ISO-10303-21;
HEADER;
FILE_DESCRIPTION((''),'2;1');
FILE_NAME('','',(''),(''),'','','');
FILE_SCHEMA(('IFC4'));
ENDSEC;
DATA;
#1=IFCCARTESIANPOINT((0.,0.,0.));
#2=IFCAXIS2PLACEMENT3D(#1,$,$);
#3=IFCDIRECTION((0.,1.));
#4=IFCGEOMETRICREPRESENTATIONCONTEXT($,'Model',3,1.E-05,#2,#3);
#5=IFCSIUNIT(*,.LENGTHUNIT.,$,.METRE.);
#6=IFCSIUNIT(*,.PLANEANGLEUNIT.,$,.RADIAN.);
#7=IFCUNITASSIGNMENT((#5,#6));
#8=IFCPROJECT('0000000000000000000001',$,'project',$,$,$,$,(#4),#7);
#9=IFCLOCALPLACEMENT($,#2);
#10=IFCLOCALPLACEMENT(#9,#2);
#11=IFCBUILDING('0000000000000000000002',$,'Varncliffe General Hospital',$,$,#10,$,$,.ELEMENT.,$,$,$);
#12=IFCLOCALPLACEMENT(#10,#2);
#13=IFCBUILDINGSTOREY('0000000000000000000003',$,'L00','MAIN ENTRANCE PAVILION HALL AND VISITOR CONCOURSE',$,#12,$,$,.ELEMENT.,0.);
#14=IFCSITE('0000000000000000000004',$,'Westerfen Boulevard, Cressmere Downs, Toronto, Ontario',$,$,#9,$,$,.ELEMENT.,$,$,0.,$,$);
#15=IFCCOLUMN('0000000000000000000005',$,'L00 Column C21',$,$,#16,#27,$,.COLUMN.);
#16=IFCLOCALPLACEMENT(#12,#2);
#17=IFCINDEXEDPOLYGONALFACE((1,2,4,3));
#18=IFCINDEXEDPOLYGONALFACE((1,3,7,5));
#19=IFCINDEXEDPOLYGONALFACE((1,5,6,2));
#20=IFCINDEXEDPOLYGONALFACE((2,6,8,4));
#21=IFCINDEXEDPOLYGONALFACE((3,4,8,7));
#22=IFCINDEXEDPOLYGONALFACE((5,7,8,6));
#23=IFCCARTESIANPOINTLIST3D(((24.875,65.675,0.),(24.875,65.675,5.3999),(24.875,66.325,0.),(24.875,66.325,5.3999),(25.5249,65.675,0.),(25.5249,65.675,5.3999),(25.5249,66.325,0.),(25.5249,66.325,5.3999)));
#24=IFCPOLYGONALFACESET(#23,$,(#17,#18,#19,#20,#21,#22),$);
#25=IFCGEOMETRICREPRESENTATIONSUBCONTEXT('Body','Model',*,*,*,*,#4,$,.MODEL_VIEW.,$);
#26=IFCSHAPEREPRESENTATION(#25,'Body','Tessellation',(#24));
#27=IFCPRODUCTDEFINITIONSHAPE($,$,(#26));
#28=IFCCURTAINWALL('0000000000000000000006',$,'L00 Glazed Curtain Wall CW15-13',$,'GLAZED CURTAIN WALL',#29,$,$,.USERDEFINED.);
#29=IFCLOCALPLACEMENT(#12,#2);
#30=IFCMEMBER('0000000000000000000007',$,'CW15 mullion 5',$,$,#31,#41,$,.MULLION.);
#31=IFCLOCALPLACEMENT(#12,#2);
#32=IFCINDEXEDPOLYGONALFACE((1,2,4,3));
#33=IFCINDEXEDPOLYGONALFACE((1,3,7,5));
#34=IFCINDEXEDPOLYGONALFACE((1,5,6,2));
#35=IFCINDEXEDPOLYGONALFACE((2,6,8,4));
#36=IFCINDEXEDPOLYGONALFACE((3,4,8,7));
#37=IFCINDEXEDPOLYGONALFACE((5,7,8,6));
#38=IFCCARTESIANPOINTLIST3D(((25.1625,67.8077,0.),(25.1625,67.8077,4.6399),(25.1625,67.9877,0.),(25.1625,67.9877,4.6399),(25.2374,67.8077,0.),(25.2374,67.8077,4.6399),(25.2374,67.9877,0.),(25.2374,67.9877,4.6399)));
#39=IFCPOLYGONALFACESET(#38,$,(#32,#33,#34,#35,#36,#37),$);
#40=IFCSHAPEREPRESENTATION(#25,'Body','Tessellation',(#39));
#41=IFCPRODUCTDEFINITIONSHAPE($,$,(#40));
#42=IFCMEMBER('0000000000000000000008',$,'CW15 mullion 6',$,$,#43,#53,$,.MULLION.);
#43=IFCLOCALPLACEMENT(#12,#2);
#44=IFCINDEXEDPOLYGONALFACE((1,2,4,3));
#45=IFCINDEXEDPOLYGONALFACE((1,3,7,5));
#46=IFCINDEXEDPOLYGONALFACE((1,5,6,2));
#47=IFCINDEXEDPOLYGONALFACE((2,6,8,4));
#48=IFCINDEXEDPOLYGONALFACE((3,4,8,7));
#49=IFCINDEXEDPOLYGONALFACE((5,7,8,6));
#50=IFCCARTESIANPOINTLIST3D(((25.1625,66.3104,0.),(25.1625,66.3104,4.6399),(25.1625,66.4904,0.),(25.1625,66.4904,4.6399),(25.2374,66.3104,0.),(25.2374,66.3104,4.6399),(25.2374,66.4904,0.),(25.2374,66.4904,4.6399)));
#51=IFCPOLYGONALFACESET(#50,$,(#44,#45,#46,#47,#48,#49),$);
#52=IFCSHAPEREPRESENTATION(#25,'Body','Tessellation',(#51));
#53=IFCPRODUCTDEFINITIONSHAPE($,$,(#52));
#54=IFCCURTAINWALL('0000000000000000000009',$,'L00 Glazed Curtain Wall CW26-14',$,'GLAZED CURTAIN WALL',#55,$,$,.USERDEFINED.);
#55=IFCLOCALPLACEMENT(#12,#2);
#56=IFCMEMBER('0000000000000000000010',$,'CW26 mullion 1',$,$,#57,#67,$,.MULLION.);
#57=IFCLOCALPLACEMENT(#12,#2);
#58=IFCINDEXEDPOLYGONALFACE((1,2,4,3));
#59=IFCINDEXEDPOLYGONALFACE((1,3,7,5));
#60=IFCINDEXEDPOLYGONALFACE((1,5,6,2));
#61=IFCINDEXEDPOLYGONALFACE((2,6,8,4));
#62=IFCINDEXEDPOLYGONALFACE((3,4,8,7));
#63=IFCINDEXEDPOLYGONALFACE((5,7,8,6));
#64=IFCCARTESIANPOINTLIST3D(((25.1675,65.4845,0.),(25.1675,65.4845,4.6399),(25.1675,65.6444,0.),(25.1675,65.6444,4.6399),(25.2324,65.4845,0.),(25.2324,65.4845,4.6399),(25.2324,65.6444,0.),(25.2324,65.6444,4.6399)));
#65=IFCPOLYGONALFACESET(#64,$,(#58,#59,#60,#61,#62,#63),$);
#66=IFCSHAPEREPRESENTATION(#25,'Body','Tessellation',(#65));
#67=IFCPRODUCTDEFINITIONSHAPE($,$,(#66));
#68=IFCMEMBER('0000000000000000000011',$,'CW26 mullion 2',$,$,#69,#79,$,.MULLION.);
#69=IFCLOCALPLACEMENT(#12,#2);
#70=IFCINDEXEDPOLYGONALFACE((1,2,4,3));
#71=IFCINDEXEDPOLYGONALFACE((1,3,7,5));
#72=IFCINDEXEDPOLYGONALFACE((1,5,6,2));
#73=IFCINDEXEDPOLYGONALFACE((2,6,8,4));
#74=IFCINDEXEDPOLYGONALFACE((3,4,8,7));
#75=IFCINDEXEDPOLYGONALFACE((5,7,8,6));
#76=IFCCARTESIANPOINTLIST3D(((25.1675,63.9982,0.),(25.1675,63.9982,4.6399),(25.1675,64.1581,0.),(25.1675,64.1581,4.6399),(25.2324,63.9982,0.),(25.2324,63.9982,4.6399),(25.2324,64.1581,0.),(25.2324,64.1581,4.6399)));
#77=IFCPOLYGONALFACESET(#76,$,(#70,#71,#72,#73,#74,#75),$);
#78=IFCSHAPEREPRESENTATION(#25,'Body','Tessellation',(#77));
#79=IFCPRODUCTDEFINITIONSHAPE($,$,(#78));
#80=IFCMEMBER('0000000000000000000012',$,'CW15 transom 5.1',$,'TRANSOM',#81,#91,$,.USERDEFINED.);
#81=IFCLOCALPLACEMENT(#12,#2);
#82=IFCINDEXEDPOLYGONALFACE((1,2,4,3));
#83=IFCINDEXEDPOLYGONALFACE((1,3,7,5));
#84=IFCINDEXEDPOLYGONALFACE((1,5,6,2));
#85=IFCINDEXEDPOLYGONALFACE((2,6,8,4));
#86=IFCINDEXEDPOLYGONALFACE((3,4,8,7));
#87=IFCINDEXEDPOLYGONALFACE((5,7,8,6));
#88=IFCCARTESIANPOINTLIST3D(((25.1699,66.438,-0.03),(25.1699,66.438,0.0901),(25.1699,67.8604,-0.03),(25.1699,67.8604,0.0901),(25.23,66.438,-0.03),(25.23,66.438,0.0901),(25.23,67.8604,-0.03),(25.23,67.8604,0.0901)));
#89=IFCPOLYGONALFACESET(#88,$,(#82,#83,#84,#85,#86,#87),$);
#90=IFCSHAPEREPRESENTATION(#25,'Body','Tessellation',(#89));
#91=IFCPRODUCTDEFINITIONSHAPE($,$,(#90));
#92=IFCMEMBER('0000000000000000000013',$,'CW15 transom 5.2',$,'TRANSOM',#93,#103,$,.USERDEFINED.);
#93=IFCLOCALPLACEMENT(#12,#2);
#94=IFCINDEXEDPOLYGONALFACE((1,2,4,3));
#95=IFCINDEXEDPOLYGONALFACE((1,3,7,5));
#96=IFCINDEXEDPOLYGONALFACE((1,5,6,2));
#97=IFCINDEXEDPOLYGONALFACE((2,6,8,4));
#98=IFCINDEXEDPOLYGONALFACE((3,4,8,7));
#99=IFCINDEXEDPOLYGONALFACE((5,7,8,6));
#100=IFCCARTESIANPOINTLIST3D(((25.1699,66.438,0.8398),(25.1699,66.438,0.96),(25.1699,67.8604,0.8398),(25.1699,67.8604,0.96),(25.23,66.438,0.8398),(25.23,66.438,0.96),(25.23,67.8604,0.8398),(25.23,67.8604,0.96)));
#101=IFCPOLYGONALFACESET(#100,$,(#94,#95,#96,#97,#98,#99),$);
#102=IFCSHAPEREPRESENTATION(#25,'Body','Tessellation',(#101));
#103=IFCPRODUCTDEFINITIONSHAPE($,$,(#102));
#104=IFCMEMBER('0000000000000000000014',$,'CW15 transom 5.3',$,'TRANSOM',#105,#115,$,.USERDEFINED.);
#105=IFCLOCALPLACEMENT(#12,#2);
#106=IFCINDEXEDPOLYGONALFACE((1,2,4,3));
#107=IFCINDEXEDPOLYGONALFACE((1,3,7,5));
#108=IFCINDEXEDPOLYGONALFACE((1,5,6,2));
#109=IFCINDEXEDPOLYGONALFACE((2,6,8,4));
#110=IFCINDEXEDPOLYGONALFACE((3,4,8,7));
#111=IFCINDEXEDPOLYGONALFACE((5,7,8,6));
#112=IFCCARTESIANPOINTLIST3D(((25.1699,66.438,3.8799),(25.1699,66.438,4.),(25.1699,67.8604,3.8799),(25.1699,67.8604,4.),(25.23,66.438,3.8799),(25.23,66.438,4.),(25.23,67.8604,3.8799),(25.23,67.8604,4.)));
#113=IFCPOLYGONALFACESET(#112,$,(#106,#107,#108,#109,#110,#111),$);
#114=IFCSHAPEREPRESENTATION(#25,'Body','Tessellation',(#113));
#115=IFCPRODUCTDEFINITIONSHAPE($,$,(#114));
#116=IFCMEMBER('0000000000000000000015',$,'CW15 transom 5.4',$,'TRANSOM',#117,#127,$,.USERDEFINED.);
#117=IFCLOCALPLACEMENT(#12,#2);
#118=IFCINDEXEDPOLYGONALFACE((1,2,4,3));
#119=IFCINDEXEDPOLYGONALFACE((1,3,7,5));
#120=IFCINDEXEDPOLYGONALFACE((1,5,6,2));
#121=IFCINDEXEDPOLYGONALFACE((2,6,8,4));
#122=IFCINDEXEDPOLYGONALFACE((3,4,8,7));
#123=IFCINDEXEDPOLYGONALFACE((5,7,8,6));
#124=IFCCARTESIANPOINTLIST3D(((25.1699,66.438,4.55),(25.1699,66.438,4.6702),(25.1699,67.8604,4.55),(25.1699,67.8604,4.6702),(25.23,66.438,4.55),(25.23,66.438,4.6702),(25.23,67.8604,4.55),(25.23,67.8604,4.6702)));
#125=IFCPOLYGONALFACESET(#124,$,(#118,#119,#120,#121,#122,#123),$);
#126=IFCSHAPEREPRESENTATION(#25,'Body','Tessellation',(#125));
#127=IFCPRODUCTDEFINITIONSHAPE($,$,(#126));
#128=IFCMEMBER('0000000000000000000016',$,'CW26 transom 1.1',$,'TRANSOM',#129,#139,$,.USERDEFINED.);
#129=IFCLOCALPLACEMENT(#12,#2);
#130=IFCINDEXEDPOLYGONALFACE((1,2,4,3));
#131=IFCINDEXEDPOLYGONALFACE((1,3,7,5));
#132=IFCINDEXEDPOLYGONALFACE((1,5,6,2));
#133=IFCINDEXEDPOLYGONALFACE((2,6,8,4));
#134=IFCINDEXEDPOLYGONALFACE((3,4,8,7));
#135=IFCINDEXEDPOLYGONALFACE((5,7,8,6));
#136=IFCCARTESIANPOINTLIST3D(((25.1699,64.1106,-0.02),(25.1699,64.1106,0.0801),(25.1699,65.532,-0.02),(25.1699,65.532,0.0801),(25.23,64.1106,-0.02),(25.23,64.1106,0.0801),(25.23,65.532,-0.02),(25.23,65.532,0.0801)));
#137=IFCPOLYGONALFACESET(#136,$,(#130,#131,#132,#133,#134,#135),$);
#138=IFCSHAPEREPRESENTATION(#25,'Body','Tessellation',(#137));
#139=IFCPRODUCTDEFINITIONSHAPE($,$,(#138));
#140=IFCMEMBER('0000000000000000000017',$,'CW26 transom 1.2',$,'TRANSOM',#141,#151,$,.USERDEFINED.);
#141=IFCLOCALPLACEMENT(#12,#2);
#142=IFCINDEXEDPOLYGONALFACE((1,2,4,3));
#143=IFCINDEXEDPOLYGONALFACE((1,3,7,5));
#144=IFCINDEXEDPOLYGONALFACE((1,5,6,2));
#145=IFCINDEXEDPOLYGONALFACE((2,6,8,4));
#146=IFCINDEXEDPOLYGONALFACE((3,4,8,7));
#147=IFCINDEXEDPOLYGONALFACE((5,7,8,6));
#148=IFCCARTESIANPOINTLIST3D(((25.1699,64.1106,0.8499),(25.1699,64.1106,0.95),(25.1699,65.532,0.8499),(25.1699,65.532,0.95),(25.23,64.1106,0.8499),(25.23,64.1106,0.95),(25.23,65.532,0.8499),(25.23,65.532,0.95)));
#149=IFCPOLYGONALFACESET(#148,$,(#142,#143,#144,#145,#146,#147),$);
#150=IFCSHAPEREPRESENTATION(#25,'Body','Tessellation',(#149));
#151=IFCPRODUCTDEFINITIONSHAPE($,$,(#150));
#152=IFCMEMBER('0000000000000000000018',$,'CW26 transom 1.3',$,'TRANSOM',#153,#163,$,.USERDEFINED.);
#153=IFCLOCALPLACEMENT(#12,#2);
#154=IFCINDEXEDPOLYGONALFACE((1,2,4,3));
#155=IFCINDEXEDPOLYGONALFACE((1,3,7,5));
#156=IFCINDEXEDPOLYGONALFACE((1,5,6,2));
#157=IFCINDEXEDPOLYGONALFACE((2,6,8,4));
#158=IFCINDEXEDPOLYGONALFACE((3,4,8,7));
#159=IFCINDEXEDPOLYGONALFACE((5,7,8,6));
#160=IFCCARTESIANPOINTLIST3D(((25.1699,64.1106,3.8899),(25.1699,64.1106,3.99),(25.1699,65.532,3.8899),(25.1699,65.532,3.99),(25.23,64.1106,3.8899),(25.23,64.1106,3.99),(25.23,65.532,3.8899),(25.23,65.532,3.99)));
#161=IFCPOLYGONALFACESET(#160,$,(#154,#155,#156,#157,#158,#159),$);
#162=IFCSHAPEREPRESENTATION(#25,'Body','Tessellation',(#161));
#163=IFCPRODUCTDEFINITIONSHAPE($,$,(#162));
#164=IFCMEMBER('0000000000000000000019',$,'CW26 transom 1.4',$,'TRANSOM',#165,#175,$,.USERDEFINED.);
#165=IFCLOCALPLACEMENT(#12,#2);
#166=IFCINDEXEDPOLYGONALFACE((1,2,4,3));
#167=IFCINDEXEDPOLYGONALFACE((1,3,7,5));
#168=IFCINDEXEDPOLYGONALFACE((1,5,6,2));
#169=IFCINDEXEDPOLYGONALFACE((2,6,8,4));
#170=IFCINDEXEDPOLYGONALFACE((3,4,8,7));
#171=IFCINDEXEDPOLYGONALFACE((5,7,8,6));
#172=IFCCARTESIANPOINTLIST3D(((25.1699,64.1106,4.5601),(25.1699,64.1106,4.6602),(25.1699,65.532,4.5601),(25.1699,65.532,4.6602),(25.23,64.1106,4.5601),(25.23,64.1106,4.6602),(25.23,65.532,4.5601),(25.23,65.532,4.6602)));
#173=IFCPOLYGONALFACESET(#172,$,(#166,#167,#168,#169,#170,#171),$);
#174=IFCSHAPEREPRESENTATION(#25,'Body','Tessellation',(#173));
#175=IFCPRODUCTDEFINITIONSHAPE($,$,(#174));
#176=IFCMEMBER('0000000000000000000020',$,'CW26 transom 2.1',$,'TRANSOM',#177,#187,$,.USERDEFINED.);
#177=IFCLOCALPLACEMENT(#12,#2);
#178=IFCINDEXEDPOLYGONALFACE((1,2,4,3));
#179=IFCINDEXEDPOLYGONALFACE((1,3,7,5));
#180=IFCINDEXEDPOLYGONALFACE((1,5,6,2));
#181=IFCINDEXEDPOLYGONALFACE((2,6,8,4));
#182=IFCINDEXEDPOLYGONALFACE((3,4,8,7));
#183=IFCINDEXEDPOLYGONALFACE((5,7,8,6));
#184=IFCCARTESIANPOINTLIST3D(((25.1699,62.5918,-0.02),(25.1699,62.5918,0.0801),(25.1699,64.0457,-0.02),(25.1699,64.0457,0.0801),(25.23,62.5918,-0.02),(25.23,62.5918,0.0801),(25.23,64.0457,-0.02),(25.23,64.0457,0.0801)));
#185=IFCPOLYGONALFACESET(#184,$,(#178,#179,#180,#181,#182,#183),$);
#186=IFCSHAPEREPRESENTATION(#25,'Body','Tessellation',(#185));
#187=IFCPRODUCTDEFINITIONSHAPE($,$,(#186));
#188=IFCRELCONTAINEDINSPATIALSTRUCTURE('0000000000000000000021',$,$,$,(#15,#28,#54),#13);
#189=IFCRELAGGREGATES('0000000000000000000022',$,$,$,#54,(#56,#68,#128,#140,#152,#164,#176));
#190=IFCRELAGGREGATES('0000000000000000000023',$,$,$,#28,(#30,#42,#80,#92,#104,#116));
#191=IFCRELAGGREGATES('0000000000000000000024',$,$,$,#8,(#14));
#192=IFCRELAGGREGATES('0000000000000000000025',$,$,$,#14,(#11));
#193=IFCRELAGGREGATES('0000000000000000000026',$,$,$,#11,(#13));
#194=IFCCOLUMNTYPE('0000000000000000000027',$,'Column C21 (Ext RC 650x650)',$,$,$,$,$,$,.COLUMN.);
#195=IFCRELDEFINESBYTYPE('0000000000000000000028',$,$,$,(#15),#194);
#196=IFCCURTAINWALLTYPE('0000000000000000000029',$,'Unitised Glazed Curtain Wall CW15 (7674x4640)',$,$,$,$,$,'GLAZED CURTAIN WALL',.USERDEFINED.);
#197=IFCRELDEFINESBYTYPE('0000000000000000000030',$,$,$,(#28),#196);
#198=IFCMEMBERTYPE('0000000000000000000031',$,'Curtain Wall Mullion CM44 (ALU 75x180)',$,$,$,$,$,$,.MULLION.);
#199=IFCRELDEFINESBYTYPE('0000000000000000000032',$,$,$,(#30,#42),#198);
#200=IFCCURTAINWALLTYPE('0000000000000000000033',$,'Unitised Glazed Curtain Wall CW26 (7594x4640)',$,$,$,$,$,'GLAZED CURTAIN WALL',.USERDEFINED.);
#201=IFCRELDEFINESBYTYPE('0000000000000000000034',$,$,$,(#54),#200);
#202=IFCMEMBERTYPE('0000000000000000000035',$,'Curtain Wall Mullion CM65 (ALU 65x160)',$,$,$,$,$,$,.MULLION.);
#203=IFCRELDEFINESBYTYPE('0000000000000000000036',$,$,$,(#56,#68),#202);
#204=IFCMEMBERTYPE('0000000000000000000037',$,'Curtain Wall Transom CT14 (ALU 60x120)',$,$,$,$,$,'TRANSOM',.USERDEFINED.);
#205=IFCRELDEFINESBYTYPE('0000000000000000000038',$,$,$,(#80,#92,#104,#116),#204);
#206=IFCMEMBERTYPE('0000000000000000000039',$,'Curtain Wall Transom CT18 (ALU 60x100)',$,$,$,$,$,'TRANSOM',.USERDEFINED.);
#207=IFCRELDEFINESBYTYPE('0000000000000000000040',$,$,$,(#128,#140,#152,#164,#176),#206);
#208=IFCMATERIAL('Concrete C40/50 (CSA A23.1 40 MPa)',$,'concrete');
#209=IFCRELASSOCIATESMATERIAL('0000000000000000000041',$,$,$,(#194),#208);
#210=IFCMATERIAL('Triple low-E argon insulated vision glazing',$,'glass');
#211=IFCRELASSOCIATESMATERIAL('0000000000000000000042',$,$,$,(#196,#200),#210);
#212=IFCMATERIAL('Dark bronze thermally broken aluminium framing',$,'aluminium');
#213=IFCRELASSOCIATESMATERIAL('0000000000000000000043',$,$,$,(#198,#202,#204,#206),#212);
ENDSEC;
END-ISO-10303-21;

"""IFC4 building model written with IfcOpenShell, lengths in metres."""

from ifc_helpers import new_model, si_unit, direction, frame, origin, origin_2d, place, context, subcontext, project, spatial, rectangle, extrude, material, material_profile, profile_set, type_object, element, aggregate, save


model = new_model("IFC4")

# Units and contexts
model_context = context("Model", 3, precision=1e-05, world=origin(), true_north=direction((0.0, 1.0)))
body_context = subcontext(model_context, "Body", "Model", "MODEL_VIEW")
ifc_project = project(units=[si_unit("LENGTHUNIT", "METRE"), si_unit("PLANEANGLEUNIT", "RADIAN")], contexts=[model_context])

# Site, building, storey
site_placement = place(None, origin())
site = spatial("IfcSite", under=ifc_project, at=site_placement, Name="Westerfen Boulevard, Cressmere Downs, Toronto, Ontario", CompositionType="ELEMENT", RefElevation=0.0)
building_placement = place(site_placement, origin())
building = spatial("IfcBuilding", under=site, at=building_placement, Name="Varncliffe General Hospital", CompositionType="ELEMENT")
storey_placement = place(building_placement, origin())
storey = spatial("IfcBuildingStorey", under=building, at=storey_placement, Name="L00", Description="MAIN ENTRANCE PAVILION HALL AND VISITOR CONCOURSE", CompositionType="ELEMENT", Elevation=0.0)

# Column
ifc_material_1 = material(Name="Concrete C40/50 (CSA A23.1 40 MPa)", Category="concrete")
ifc_material_profile_1 = material_profile(ifc_material_1, rectangle(XDim=0.6499, YDim=0.6499, at=origin_2d()), Name="RC 650x650")
ifc_profile_set_1 = profile_set([ifc_material_profile_1], Name="Concrete C40/50 (CSA A23.1 40 MPa)")
column_type = type_object("IfcColumnType", Name="Column C21 (Ext RC 650x650)", PredefinedType="COLUMN", material=ifc_profile_set_1)
column_placement = place(storey_placement, frame((25.2, 66.0, 0.0), z_axis=(0.0, 0.0, 1.0), x_axis=(1.0, 0.0, 0.0)))
element("IfcColumn", 1, at=column_placement, inside=storey, type_object=column_type, Name="L00 Column C21", PredefinedType="COLUMN", context=body_context, shape_type="SweptSolid", body=[
    extrude(rectangle(XDim=0.6499, YDim=0.6499, at=origin_2d()), origin(), (0.0, 0.0, 1.0), 5.3999),
])

# Curtain walls, members
ifc_material_2 = material(Name="Triple low-E argon insulated vision glazing", Category="glass")
curtain_wall_type_1 = type_object("IfcCurtainWallType", Name="Unitised Glazed Curtain Wall CW15 (7674x4640)", ElementType="GLAZED CURTAIN WALL", PredefinedType="USERDEFINED", material=ifc_material_2)
curtain_wall_1_placement = place(storey_placement, origin())
curtain_wall_1 = element("IfcCurtainWall", 2, at=curtain_wall_1_placement, inside=storey, type_object=curtain_wall_type_1, Name="L00 Glazed Curtain Wall CW15-13", ObjectType="GLAZED CURTAIN WALL", PredefinedType="USERDEFINED")
ifc_material_3 = material(Name="Dark bronze thermally broken aluminium framing", Category="aluminium")
ifc_material_profile_2 = material_profile(ifc_material_3, rectangle(XDim=0.075, YDim=0.1799, at=origin_2d()), Name="ALU 75x180")
ifc_profile_set_2 = profile_set([ifc_material_profile_2], Name="Dark bronze thermally broken aluminium framing")
member_type_1 = type_object("IfcMemberType", Name="Curtain Wall Mullion CM44 (ALU 75x180)", PredefinedType="MULLION", material=ifc_profile_set_2)
member_1_placement = place(storey_placement, frame((25.2, 67.8977, 0.0), z_axis=(0.0, 0.0, 1.0), x_axis=(1.0, 0.0, 0.0)))
member_1 = element("IfcMember", 3, at=member_1_placement, type_object=member_type_1, Name="CW15 mullion 5", PredefinedType="MULLION", context=body_context, shape_type="SweptSolid", body=[
    extrude(rectangle(XDim=0.075, YDim=0.1799, at=origin_2d()), origin(), (0.0, 0.0, 1.0), 4.6399),
])
member_2_placement = place(storey_placement, frame((25.2, 66.4004, 0.0), z_axis=(0.0, 0.0, 1.0), x_axis=(1.0, 0.0, 0.0)))
member_2 = element("IfcMember", 4, at=member_2_placement, type_object=member_type_1, Name="CW15 mullion 6", PredefinedType="MULLION", context=body_context, shape_type="SweptSolid", body=[
    extrude(rectangle(XDim=0.075, YDim=0.1799, at=origin_2d()), origin(), (0.0, 0.0, 1.0), 4.6399),
])
curtain_wall_type_2 = type_object("IfcCurtainWallType", Name="Unitised Glazed Curtain Wall CW26 (7594x4640)", ElementType="GLAZED CURTAIN WALL", PredefinedType="USERDEFINED", material=ifc_material_2)
curtain_wall_2_placement = place(storey_placement, origin())
curtain_wall_2 = element("IfcCurtainWall", 5, at=curtain_wall_2_placement, inside=storey, type_object=curtain_wall_type_2, Name="L00 Glazed Curtain Wall CW26-14", ObjectType="GLAZED CURTAIN WALL", PredefinedType="USERDEFINED")
ifc_material_profile_3 = material_profile(ifc_material_3, rectangle(XDim=0.0649, YDim=0.1599, at=origin_2d()), Name="ALU 65x160")
ifc_profile_set_3 = profile_set([ifc_material_profile_3], Name="Dark bronze thermally broken aluminium framing")
member_type_2 = type_object("IfcMemberType", Name="Curtain Wall Mullion CM65 (ALU 65x160)", PredefinedType="MULLION", material=ifc_profile_set_3)
member_3_placement = place(storey_placement, frame((25.2, 65.5645, 0.0), z_axis=(0.0, 0.0, 1.0), x_axis=(1.0, 0.0, 0.0)))
member_3 = element("IfcMember", 6, at=member_3_placement, type_object=member_type_2, Name="CW26 mullion 1", PredefinedType="MULLION", context=body_context, shape_type="SweptSolid", body=[
    extrude(rectangle(XDim=0.0649, YDim=0.1599, at=origin_2d()), origin(), (0.0, 0.0, 1.0), 4.6399),
])
member_4_placement = place(storey_placement, frame((25.2, 64.0781, 0.0), z_axis=(0.0, 0.0, 1.0), x_axis=(1.0, 0.0, 0.0)))
member_4 = element("IfcMember", 7, at=member_4_placement, type_object=member_type_2, Name="CW26 mullion 2", PredefinedType="MULLION", context=body_context, shape_type="SweptSolid", body=[
    extrude(rectangle(XDim=0.0649, YDim=0.1599, at=origin_2d()), origin(), (0.0, 0.0, 1.0), 4.6399),
])

# Members
ifc_material_profile_4 = material_profile(ifc_material_3, rectangle(XDim=0.0601, YDim=0.1201, at=origin_2d()), Name="ALU 60x120")
ifc_profile_set_4 = profile_set([ifc_material_profile_4], Name="Dark bronze thermally broken aluminium framing")
member_type_3 = type_object("IfcMemberType", Name="Curtain Wall Transom CT14 (ALU 60x120)", ElementType="TRANSOM", PredefinedType="USERDEFINED", material=ifc_profile_set_4)
member_5_placement = place(storey_placement, frame((25.2, 67.8604, 0.03), z_axis=(0.0, -1.0, 0.0), x_axis=(1.0, 0.0, 0.0)))
member_5 = element("IfcMember", 8, at=member_5_placement, type_object=member_type_3, Name="CW15 transom 5.1", ObjectType="TRANSOM", PredefinedType="USERDEFINED", context=body_context, shape_type="SweptSolid", body=[
    extrude(rectangle(XDim=0.0601, YDim=0.1201, at=origin_2d()), origin(), (0.0, 0.0, 1.0), 1.4224),
])
member_6_placement = place(storey_placement, frame((25.2, 67.8604, 0.8999), z_axis=(0.0, -1.0, 0.0), x_axis=(1.0, 0.0, 0.0)))
member_6 = element("IfcMember", 9, at=member_6_placement, type_object=member_type_3, Name="CW15 transom 5.2", ObjectType="TRANSOM", PredefinedType="USERDEFINED", context=body_context, shape_type="SweptSolid", body=[
    extrude(rectangle(XDim=0.0601, YDim=0.1201, at=origin_2d()), origin(), (0.0, 0.0, 1.0), 1.4224),
])
member_7_placement = place(storey_placement, frame((25.2, 67.8604, 3.9399), z_axis=(0.0, -1.0, 0.0), x_axis=(1.0, 0.0, 0.0)))
member_7 = element("IfcMember", 10, at=member_7_placement, type_object=member_type_3, Name="CW15 transom 5.3", ObjectType="TRANSOM", PredefinedType="USERDEFINED", context=body_context, shape_type="SweptSolid", body=[
    extrude(rectangle(XDim=0.0601, YDim=0.1201, at=origin_2d()), origin(), (0.0, 0.0, 1.0), 1.4224),
])
member_8_placement = place(storey_placement, frame((25.2, 67.8604, 4.6101), z_axis=(0.0, -1.0, 0.0), x_axis=(1.0, 0.0, 0.0)))
member_8 = element("IfcMember", 11, at=member_8_placement, type_object=member_type_3, Name="CW15 transom 5.4", ObjectType="TRANSOM", PredefinedType="USERDEFINED", context=body_context, shape_type="SweptSolid", body=[
    extrude(rectangle(XDim=0.0601, YDim=0.1201, at=origin_2d()), origin(), (0.0, 0.0, 1.0), 1.4224),
])
ifc_material_profile_5 = material_profile(ifc_material_3, rectangle(XDim=0.0601, YDim=0.1001, at=origin_2d()), Name="ALU 60x100")
ifc_profile_set_5 = profile_set([ifc_material_profile_5], Name="Dark bronze thermally broken aluminium framing")
member_type_4 = type_object("IfcMemberType", Name="Curtain Wall Transom CT18 (ALU 60x100)", ElementType="TRANSOM", PredefinedType="USERDEFINED", material=ifc_profile_set_5)
member_9_placement = place(storey_placement, frame((25.2, 65.532, 0.03), z_axis=(0.0, -1.0, 0.0), x_axis=(1.0, 0.0, 0.0)))
member_9 = element("IfcMember", 12, at=member_9_placement, type_object=member_type_4, Name="CW26 transom 1.1", ObjectType="TRANSOM", PredefinedType="USERDEFINED", context=body_context, shape_type="SweptSolid", body=[
    extrude(rectangle(XDim=0.0601, YDim=0.1001, at=origin_2d()), origin(), (0.0, 0.0, 1.0), 1.4214),
])
member_10_placement = place(storey_placement, frame((25.2, 65.532, 0.8999), z_axis=(0.0, -1.0, 0.0), x_axis=(1.0, 0.0, 0.0)))
member_10 = element("IfcMember", 13, at=member_10_placement, type_object=member_type_4, Name="CW26 transom 1.2", ObjectType="TRANSOM", PredefinedType="USERDEFINED", context=body_context, shape_type="SweptSolid", body=[
    extrude(rectangle(XDim=0.0601, YDim=0.1001, at=origin_2d()), origin(), (0.0, 0.0, 1.0), 1.4214),
])
member_11_placement = place(storey_placement, frame((25.2, 65.532, 3.9399), z_axis=(0.0, -1.0, 0.0), x_axis=(1.0, 0.0, 0.0)))
member_11 = element("IfcMember", 14, at=member_11_placement, type_object=member_type_4, Name="CW26 transom 1.3", ObjectType="TRANSOM", PredefinedType="USERDEFINED", context=body_context, shape_type="SweptSolid", body=[
    extrude(rectangle(XDim=0.0601, YDim=0.1001, at=origin_2d()), origin(), (0.0, 0.0, 1.0), 1.4214),
])
member_12_placement = place(storey_placement, frame((25.2, 65.532, 4.6101), z_axis=(0.0, -1.0, 0.0), x_axis=(1.0, 0.0, 0.0)))
member_12 = element("IfcMember", 15, at=member_12_placement, type_object=member_type_4, Name="CW26 transom 1.4", ObjectType="TRANSOM", PredefinedType="USERDEFINED", context=body_context, shape_type="SweptSolid", body=[
    extrude(rectangle(XDim=0.0601, YDim=0.1001, at=origin_2d()), origin(), (0.0, 0.0, 1.0), 1.4214),
])
member_13_placement = place(storey_placement, frame((25.2, 64.0457, 0.03), z_axis=(0.0, -1.0, 0.0), x_axis=(1.0, 0.0, 0.0)))
member_13 = element("IfcMember", 16, at=member_13_placement, type_object=member_type_4, Name="CW26 transom 2.1", ObjectType="TRANSOM", PredefinedType="USERDEFINED", context=body_context, shape_type="SweptSolid", body=[
    extrude(rectangle(XDim=0.0601, YDim=0.1001, at=origin_2d()), origin(), (0.0, 0.0, 1.0), 1.4539),
])

aggregate(curtain_wall_2, [member_3, member_4, member_9, member_10, member_11, member_12, member_13])
aggregate(curtain_wall_1, [member_1, member_2, member_5, member_6, member_7, member_8])

save(model, "model.ifc")
